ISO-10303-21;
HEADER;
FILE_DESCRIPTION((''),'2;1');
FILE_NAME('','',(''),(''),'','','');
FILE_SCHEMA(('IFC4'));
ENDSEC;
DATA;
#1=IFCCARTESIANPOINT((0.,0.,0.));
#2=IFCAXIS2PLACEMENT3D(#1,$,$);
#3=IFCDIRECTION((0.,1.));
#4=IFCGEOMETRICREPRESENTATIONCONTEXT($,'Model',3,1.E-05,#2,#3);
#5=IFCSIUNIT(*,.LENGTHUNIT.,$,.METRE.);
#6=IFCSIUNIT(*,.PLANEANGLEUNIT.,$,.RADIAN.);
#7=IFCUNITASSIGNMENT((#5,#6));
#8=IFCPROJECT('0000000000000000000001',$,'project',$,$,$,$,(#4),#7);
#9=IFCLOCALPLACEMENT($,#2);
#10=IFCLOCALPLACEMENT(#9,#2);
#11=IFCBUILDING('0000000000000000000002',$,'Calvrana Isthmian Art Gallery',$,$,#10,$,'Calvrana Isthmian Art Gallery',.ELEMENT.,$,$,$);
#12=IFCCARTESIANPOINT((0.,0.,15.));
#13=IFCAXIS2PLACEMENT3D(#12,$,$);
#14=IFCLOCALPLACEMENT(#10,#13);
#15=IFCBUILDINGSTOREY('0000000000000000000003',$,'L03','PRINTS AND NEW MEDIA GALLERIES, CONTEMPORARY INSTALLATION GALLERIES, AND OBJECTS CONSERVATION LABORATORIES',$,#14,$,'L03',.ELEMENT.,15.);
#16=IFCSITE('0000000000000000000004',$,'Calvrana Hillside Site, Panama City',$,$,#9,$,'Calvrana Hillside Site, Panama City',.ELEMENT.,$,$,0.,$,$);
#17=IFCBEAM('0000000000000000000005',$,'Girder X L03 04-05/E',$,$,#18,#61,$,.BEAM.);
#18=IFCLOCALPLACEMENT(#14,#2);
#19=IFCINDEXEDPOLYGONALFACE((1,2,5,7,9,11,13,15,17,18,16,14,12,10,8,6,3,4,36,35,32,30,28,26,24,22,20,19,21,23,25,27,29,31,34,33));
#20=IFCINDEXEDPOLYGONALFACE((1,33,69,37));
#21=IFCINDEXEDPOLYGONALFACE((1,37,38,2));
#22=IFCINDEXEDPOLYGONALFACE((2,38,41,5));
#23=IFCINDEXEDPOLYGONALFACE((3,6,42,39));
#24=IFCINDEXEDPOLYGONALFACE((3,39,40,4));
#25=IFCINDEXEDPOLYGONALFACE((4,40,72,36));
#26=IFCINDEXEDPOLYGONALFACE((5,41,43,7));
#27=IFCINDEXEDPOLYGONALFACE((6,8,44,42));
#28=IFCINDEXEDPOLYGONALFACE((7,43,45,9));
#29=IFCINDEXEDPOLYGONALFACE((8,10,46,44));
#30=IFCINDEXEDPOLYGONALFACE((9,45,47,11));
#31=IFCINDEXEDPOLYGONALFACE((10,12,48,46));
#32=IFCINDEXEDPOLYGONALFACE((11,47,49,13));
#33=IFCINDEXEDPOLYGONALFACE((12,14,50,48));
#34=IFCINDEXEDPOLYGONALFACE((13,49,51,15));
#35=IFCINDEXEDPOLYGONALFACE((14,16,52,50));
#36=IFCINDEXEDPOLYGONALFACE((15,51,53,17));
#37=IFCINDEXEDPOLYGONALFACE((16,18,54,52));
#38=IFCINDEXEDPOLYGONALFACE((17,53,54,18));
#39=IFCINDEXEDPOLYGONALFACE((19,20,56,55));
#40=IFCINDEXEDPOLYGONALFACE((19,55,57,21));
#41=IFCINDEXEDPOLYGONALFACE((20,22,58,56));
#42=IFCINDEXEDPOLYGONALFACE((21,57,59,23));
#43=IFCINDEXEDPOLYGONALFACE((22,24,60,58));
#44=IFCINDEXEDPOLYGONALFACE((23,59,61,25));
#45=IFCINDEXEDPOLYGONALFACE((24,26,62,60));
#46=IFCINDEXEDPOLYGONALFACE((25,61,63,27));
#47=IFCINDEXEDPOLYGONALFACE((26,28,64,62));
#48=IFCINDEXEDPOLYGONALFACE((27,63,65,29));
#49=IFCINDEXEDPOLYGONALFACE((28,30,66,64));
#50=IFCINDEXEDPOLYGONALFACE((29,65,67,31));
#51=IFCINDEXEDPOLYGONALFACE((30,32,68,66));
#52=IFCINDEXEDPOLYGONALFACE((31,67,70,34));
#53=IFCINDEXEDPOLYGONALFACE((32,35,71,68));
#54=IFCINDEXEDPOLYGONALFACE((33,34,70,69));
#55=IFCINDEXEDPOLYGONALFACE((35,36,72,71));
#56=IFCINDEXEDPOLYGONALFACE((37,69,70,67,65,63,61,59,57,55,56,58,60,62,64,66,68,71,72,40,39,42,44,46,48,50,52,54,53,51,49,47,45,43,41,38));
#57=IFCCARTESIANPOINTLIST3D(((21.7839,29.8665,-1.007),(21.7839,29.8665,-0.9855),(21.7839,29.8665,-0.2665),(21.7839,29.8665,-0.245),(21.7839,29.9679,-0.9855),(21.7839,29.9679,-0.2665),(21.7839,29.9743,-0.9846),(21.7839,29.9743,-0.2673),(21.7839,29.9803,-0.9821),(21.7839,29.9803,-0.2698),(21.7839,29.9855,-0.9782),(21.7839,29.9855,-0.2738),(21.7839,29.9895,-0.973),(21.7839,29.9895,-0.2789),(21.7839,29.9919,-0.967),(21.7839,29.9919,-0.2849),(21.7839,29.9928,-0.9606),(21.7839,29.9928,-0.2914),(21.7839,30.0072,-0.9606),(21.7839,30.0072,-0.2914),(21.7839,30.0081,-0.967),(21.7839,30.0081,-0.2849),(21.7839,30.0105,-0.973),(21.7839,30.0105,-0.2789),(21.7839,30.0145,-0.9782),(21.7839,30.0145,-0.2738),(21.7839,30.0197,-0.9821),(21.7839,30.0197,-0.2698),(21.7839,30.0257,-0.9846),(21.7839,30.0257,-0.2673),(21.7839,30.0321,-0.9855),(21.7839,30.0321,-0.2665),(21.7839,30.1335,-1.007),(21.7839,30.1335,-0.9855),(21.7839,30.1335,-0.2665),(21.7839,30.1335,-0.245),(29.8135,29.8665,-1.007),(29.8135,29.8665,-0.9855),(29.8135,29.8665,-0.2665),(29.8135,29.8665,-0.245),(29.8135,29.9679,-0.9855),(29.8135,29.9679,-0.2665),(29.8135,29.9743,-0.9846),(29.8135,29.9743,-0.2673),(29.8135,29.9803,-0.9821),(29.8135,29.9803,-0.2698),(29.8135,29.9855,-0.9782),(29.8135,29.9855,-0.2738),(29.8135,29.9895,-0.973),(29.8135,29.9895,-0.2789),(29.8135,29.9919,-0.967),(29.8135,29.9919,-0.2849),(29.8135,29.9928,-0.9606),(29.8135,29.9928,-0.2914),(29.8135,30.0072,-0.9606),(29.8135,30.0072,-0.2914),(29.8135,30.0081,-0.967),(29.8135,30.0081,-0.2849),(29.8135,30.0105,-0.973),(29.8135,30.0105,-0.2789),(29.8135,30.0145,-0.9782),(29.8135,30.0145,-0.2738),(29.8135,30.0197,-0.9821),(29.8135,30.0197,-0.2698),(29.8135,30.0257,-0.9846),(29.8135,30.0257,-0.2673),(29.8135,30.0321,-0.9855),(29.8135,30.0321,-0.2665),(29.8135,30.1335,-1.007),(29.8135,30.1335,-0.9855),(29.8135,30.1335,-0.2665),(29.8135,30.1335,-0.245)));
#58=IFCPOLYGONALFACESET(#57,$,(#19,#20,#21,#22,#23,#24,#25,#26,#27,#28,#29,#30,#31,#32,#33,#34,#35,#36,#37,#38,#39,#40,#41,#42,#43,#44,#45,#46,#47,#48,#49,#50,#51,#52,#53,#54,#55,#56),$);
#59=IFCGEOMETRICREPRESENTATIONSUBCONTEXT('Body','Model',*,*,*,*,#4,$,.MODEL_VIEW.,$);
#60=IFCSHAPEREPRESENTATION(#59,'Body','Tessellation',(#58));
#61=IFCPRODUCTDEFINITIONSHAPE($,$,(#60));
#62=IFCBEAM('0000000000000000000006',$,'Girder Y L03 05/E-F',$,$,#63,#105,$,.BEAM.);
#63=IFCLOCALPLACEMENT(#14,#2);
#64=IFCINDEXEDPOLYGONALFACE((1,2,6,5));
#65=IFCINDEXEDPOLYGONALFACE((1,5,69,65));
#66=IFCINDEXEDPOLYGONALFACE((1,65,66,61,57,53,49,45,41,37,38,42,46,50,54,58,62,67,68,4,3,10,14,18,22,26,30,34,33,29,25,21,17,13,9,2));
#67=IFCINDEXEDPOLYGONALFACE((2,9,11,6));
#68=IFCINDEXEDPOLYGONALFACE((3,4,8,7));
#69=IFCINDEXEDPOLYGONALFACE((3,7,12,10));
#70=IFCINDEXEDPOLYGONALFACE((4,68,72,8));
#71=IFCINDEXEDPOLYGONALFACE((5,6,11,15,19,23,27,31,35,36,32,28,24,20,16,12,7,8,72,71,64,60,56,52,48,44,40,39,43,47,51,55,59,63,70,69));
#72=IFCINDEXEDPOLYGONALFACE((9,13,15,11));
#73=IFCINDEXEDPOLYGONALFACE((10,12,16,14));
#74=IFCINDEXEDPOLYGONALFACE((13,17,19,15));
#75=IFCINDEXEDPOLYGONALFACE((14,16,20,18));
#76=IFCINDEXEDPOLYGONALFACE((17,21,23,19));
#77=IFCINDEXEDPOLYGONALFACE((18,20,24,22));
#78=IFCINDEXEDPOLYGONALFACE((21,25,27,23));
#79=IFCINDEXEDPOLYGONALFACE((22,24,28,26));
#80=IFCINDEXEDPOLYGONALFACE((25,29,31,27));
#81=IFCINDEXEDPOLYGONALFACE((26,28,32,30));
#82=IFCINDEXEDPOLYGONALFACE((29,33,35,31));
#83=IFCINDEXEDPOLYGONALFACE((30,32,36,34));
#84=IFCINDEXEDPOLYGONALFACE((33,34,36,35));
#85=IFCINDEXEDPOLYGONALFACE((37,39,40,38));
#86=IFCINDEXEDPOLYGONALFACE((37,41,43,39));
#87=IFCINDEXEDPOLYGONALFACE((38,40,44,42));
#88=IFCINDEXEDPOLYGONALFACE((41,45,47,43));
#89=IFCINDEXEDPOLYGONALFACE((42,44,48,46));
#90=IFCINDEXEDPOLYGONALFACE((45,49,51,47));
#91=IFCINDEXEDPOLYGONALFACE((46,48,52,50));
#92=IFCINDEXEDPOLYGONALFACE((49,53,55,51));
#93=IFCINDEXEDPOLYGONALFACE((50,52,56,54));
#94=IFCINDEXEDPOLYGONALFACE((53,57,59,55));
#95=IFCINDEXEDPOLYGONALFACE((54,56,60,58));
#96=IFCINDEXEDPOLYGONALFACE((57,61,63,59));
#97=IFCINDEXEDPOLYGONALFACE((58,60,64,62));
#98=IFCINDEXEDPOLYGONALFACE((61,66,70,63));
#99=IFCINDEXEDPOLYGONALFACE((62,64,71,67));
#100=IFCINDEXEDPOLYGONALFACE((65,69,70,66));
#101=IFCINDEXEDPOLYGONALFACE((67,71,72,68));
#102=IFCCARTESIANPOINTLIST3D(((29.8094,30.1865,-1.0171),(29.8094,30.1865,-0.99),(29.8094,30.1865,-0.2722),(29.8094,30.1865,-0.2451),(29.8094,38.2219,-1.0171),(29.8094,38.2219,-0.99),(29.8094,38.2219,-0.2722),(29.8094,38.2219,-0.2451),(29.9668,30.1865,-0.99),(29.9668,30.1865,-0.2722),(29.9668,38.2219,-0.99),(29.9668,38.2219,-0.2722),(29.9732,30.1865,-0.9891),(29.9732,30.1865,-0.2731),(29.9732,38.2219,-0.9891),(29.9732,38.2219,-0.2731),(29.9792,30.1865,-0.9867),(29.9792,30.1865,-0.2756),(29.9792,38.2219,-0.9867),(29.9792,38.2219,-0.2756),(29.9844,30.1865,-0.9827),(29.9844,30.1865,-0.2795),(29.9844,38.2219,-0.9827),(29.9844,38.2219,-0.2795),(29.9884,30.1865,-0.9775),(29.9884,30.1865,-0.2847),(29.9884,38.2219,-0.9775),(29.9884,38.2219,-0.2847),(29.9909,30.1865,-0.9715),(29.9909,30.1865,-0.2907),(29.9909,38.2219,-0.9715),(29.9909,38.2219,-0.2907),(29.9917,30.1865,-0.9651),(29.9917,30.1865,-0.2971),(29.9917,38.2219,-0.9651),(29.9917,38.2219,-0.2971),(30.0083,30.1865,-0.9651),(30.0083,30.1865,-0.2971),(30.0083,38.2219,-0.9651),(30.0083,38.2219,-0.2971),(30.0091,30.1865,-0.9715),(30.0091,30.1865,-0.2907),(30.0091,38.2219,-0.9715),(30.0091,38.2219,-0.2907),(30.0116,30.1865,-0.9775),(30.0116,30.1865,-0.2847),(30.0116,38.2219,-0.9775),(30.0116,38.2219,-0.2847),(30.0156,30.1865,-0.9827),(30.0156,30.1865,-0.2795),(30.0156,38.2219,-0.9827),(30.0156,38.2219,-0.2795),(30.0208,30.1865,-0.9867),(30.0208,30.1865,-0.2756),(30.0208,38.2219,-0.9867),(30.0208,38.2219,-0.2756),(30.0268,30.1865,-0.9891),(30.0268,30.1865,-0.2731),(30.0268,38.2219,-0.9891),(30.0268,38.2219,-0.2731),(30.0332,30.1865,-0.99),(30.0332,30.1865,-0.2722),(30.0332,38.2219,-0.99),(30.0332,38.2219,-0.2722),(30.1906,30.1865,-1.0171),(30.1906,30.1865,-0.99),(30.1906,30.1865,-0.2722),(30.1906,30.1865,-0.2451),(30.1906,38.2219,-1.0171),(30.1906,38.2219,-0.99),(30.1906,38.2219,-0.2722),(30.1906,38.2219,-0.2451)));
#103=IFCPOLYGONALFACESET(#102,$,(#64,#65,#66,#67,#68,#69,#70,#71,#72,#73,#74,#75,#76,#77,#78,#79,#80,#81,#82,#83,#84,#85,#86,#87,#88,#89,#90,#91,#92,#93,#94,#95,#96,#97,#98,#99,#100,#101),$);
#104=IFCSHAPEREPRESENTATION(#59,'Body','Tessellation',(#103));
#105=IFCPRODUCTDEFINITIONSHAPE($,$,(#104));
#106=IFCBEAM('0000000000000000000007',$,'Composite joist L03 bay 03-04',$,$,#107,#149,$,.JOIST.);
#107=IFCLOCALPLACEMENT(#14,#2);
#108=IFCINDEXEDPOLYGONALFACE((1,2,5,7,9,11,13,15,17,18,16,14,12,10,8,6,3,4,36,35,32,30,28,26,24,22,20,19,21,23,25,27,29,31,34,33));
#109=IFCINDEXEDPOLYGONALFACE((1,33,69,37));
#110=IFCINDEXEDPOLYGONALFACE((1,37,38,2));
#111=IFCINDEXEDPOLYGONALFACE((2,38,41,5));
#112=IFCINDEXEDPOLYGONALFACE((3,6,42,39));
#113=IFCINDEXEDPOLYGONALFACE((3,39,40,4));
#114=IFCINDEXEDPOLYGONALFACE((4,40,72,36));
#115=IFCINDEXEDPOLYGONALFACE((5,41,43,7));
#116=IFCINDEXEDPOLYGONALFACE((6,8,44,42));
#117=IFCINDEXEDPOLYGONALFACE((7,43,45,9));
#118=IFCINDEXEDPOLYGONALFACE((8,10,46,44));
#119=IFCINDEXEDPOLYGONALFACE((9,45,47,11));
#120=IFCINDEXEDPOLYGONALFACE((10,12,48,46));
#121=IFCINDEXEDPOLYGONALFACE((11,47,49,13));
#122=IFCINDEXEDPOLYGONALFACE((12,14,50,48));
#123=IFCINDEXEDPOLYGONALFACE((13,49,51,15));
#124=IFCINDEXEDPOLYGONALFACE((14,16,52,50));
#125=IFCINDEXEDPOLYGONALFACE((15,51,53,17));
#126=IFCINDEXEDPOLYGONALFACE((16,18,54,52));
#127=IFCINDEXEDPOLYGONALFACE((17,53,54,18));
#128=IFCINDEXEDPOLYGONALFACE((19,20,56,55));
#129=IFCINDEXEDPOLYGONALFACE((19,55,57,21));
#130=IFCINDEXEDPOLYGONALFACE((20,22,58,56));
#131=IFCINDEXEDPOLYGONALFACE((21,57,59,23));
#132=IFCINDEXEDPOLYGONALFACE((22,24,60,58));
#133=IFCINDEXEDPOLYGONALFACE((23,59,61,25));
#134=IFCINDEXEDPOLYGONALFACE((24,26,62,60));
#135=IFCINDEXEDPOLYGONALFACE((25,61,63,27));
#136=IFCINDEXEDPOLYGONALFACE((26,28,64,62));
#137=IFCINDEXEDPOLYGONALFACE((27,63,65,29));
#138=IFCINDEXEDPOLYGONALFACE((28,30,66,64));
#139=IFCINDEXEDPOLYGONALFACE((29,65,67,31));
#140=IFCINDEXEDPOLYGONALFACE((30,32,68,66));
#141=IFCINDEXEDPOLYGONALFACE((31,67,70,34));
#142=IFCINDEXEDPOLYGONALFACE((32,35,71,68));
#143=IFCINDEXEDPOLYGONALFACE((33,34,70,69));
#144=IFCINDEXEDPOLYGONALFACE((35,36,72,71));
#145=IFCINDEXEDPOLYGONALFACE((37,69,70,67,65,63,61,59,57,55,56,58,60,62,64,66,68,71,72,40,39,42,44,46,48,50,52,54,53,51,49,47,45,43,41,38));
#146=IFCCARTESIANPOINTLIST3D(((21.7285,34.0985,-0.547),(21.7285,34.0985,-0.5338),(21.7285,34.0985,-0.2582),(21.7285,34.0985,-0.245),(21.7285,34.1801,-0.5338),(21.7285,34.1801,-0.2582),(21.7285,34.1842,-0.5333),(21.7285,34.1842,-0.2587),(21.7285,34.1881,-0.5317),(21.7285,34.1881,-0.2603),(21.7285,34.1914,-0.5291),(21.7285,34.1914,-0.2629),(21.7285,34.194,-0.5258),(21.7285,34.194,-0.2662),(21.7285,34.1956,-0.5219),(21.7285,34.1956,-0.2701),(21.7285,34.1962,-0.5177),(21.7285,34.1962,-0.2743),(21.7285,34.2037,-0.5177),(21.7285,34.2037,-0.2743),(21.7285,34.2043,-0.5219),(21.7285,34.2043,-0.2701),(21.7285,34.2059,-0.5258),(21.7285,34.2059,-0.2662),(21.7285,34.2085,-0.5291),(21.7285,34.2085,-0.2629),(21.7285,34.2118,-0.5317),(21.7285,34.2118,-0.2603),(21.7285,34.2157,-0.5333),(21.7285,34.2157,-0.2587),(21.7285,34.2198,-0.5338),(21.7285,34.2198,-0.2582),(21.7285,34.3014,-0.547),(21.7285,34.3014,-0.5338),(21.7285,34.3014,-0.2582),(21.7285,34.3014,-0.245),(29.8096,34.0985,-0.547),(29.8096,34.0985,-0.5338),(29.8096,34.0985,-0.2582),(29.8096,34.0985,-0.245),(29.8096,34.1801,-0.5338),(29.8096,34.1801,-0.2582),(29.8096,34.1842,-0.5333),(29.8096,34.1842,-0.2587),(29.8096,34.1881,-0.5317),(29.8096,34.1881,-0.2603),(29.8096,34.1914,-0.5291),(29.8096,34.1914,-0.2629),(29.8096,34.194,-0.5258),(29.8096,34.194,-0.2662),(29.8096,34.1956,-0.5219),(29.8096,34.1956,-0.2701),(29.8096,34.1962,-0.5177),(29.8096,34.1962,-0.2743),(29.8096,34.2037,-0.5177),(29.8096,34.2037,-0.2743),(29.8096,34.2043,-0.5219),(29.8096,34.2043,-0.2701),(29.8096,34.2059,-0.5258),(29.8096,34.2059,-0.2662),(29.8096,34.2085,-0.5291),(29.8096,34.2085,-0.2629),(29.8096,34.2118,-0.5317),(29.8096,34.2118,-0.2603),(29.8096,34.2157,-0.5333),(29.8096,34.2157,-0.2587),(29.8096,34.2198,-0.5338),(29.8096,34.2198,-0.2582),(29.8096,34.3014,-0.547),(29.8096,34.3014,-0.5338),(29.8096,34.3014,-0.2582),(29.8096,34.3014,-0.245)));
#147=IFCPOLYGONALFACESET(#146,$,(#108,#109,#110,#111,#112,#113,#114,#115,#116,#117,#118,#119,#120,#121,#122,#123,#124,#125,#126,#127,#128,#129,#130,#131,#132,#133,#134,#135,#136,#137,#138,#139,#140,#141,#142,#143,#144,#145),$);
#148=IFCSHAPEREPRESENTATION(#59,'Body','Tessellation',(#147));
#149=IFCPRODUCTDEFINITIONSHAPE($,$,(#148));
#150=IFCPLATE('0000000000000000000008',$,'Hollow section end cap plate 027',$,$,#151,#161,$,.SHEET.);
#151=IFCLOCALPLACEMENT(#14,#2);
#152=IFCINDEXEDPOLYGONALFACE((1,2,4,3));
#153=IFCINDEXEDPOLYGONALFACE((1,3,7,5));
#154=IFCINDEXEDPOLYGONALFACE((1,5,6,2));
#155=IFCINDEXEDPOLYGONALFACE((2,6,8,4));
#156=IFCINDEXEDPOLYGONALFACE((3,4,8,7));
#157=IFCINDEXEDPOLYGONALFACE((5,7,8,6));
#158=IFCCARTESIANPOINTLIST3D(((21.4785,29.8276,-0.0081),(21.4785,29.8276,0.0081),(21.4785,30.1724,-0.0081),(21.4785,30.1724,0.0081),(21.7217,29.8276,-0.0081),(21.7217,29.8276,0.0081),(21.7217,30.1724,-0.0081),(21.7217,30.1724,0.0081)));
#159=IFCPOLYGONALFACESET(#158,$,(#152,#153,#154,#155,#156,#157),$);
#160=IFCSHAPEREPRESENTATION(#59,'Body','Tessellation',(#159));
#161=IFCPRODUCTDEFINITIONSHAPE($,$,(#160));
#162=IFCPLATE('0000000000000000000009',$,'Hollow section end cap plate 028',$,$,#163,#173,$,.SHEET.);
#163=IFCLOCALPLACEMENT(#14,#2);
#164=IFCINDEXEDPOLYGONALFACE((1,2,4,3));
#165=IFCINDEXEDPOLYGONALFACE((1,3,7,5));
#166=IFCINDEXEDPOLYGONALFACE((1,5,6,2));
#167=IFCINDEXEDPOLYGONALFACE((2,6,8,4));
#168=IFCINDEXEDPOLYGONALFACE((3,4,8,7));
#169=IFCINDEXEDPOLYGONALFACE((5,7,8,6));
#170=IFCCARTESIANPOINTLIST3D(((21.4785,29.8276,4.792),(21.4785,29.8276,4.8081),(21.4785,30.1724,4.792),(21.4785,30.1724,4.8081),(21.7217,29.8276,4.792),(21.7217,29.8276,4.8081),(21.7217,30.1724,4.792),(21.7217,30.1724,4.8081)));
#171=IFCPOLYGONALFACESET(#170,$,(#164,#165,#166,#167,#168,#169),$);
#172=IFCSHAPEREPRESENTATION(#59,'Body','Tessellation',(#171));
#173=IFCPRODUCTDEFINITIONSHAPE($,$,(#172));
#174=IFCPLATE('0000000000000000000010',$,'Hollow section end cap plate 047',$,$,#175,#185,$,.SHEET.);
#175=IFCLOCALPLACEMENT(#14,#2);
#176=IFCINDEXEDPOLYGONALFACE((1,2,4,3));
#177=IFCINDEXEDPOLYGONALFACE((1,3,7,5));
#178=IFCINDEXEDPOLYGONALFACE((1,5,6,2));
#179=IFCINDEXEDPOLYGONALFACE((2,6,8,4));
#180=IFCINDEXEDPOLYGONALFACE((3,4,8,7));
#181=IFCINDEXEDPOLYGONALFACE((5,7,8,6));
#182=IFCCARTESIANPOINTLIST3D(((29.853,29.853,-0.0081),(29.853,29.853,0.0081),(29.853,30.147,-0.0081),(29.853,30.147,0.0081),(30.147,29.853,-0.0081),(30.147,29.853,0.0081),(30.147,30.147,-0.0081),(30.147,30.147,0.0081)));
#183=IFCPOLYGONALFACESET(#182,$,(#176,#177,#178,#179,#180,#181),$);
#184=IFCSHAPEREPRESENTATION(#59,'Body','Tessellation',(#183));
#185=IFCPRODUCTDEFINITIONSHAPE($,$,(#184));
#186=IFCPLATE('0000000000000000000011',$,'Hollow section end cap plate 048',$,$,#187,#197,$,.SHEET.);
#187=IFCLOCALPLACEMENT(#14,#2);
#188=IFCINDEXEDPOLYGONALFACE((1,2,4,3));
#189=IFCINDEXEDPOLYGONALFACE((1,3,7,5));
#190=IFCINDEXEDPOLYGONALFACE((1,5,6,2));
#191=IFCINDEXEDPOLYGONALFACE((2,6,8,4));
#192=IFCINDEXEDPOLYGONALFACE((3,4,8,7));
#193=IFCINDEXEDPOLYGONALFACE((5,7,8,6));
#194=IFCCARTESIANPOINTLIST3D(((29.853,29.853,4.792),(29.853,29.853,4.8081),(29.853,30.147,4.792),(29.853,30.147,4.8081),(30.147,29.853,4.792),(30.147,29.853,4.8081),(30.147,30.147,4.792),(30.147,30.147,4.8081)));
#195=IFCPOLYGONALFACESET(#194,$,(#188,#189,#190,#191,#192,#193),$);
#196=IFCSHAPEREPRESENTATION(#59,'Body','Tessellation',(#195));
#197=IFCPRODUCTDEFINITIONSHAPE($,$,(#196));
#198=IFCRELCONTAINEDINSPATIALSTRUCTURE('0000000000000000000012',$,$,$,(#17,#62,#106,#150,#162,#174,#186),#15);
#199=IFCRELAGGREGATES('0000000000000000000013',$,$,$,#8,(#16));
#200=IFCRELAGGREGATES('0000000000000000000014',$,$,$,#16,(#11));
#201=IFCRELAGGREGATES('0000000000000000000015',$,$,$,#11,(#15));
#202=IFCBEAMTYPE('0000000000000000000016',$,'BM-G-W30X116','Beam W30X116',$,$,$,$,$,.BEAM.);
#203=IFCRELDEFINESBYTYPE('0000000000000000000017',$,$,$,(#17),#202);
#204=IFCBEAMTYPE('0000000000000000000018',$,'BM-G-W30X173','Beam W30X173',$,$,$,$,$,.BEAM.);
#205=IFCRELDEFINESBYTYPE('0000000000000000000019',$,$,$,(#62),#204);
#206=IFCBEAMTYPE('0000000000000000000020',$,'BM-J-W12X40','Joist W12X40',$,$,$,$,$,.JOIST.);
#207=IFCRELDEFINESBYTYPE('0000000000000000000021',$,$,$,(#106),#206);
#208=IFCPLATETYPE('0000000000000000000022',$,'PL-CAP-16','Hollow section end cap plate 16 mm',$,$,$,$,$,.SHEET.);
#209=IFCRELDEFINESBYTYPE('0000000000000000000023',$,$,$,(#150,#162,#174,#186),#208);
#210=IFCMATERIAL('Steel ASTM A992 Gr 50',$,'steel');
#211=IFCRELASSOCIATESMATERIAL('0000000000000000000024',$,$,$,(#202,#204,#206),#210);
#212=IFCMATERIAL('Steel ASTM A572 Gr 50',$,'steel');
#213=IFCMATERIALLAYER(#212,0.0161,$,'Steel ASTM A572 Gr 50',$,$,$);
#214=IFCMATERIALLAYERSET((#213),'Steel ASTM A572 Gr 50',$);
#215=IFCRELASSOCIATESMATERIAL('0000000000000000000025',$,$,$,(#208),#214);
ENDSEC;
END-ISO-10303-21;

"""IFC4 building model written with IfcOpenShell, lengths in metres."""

from ifc_helpers import new_model, si_unit, direction, frame, origin, origin_2d, place, context, subcontext, project, spatial, rectangle, i_section, extrude, material, layer, layer_set, material_profile, profile_set, type_object, element, save


model = new_model("IFC4")

# Units and contexts
model_context = context("Model", 3, precision=1e-05, world=origin(), true_north=direction((0.0, 1.0)))
body_context = subcontext(model_context, "Body", "Model", "MODEL_VIEW")
ifc_project = project(units=[si_unit("LENGTHUNIT", "METRE"), si_unit("PLANEANGLEUNIT", "RADIAN")], contexts=[model_context])

# Site, building, storey
site_placement = place(None, origin())
site = spatial("IfcSite", under=ifc_project, at=site_placement, Name="Calvrana Hillside Site, Panama City", LongName="Calvrana Hillside Site, Panama City", CompositionType="ELEMENT", RefElevation=0.0)
building_placement = place(site_placement, origin())
building = spatial("IfcBuilding", under=site, at=building_placement, Name="Calvrana Isthmian Art Gallery", LongName="Calvrana Isthmian Art Gallery", CompositionType="ELEMENT")
storey_placement = place(building_placement, frame((0.0, 0.0, 15.0)))
storey = spatial("IfcBuildingStorey", under=building, at=storey_placement, Name="L03", Description="PRINTS AND NEW MEDIA GALLERIES, CONTEMPORARY INSTALLATION GALLERIES, AND OBJECTS CONSERVATION LABORATORIES", LongName="L03", CompositionType="ELEMENT", Elevation=15.0)

# Beams
ifc_material_1 = material(Name="Steel ASTM A992 Gr 50", Category="steel")
ifc_material_profile_1 = material_profile(ifc_material_1, i_section(OverallWidth=0.2671, OverallDepth=0.762, WebThickness=0.0144, FlangeThickness=0.0215, FilletRadius=0.0249, at=origin_2d()), Name="W30X116")
ifc_profile_set_1 = profile_set([ifc_material_profile_1], Name="Steel ASTM A992 Gr 50")
beam_type_1 = type_object("IfcBeamType", Name="BM-G-W30X116", Description="Beam W30X116", PredefinedType="BEAM", material=ifc_profile_set_1)
beam_1_placement = place(storey_placement, frame((21.7839, 30.0, -0.626), z_axis=(1.0, 0.0, 0.0), x_axis=(0.0, 1.0, 0.0)))
element("IfcBeam", 1, at=beam_1_placement, inside=storey, type_object=beam_type_1, Name="Girder X L03 04-05/E", PredefinedType="BEAM", context=body_context, shape_type="SweptSolid", body=[
    extrude(i_section(OverallWidth=0.2671, OverallDepth=0.762, WebThickness=0.0144, FlangeThickness=0.0215, FilletRadius=0.0249, at=origin_2d()), origin(), (0.0, 0.0, 1.0), 8.0295),
])
ifc_material_profile_2 = material_profile(ifc_material_1, i_section(OverallWidth=0.3811, OverallDepth=0.772, WebThickness=0.0166, FlangeThickness=0.0271, FilletRadius=0.0249, at=origin_2d()), Name="W30X173")
ifc_profile_set_2 = profile_set([ifc_material_profile_2], Name="Steel ASTM A992 Gr 50")
beam_type_2 = type_object("IfcBeamType", Name="BM-G-W30X173", Description="Beam W30X173", PredefinedType="BEAM", material=ifc_profile_set_2)
beam_2_placement = place(storey_placement, frame((30.0, 30.1865, -0.6311), z_axis=(0.0, 1.0, 0.0), x_axis=(-1.0, 0.0, 0.0)))
element("IfcBeam", 2, at=beam_2_placement, inside=storey, type_object=beam_type_2, Name="Girder Y L03 05/E-F", PredefinedType="BEAM", context=body_context, shape_type="SweptSolid", body=[
    extrude(i_section(OverallWidth=0.3811, OverallDepth=0.772, WebThickness=0.0166, FlangeThickness=0.0271, FilletRadius=0.0249, at=origin_2d()), origin(), (0.0, 0.0, 1.0), 8.0354),
])
ifc_material_profile_3 = material_profile(ifc_material_1, i_section(OverallWidth=0.2029, OverallDepth=0.302, WebThickness=0.0076, FlangeThickness=0.0132, FilletRadius=0.0161, at=origin_2d()), Name="W12X40")
ifc_profile_set_3 = profile_set([ifc_material_profile_3], Name="Steel ASTM A992 Gr 50")
beam_type_3 = type_object("IfcBeamType", Name="BM-J-W12X40", Description="Joist W12X40", PredefinedType="JOIST", material=ifc_profile_set_3)
beam_3_placement = place(storey_placement, frame((21.7285, 34.2, -0.396), z_axis=(1.0, 0.0, 0.0), x_axis=(0.0, 1.0, 0.0)))
element("IfcBeam", 3, at=beam_3_placement, inside=storey, type_object=beam_type_3, Name="Composite joist L03 bay 03-04", PredefinedType="JOIST", context=body_context, shape_type="SweptSolid", body=[
    extrude(i_section(OverallWidth=0.2029, OverallDepth=0.302, WebThickness=0.0076, FlangeThickness=0.0132, FilletRadius=0.0161, at=origin_2d()), origin(), (0.0, 0.0, 1.0), 8.0811),
])

# Plates
ifc_material_2 = material(Name="Steel ASTM A572 Gr 50", Category="steel")
ifc_layer_1 = layer(ifc_material_2, 0.0161, Name="Steel ASTM A572 Gr 50")
ifc_layer_set_1 = layer_set([ifc_layer_1], Name="Steel ASTM A572 Gr 50")
plate_type = type_object("IfcPlateType", Name="PL-CAP-16", Description="Hollow section end cap plate 16 mm", PredefinedType="SHEET", material=ifc_layer_set_1)
for number, where, z_axis, x_axis, name in (
    (4, (21.6001, 30.0, -0.0081), (0.0, 0.0, 1.0), (1.0, 0.0, 0.0), "Hollow section end cap plate 027"),
    (5, (21.6001, 30.0, 4.792), (0.0, 0.0, 1.0), (1.0, 0.0, 0.0), "Hollow section end cap plate 028"),
):
    element("IfcPlate", number, at=place(storey_placement, frame(where, z_axis=z_axis, x_axis=x_axis)), inside=storey, type_object=plate_type, Name=name, PredefinedType="SHEET", context=body_context, shape_type="SweptSolid", body=[
        extrude(rectangle(XDim=0.2432, YDim=0.3447, at=origin_2d()), origin(), (0.0, 0.0, 1.0), 0.0161),
    ])
for number, where, z_axis, x_axis, name in (
    (6, (30.0, 30.0, -0.0081), (0.0, 0.0, 1.0), (1.0, 0.0, 0.0), "Hollow section end cap plate 047"),
    (7, (30.0, 30.0, 4.792), (0.0, 0.0, 1.0), (1.0, 0.0, 0.0), "Hollow section end cap plate 048"),
):
    element("IfcPlate", number, at=place(storey_placement, frame(where, z_axis=z_axis, x_axis=x_axis)), inside=storey, type_object=plate_type, Name=name, PredefinedType="SHEET", context=body_context, shape_type="SweptSolid", body=[
        extrude(rectangle(XDim=0.2939, YDim=0.2939, at=origin_2d()), origin(), (0.0, 0.0, 1.0), 0.0161),
    ])

save(model, "model.ifc")
